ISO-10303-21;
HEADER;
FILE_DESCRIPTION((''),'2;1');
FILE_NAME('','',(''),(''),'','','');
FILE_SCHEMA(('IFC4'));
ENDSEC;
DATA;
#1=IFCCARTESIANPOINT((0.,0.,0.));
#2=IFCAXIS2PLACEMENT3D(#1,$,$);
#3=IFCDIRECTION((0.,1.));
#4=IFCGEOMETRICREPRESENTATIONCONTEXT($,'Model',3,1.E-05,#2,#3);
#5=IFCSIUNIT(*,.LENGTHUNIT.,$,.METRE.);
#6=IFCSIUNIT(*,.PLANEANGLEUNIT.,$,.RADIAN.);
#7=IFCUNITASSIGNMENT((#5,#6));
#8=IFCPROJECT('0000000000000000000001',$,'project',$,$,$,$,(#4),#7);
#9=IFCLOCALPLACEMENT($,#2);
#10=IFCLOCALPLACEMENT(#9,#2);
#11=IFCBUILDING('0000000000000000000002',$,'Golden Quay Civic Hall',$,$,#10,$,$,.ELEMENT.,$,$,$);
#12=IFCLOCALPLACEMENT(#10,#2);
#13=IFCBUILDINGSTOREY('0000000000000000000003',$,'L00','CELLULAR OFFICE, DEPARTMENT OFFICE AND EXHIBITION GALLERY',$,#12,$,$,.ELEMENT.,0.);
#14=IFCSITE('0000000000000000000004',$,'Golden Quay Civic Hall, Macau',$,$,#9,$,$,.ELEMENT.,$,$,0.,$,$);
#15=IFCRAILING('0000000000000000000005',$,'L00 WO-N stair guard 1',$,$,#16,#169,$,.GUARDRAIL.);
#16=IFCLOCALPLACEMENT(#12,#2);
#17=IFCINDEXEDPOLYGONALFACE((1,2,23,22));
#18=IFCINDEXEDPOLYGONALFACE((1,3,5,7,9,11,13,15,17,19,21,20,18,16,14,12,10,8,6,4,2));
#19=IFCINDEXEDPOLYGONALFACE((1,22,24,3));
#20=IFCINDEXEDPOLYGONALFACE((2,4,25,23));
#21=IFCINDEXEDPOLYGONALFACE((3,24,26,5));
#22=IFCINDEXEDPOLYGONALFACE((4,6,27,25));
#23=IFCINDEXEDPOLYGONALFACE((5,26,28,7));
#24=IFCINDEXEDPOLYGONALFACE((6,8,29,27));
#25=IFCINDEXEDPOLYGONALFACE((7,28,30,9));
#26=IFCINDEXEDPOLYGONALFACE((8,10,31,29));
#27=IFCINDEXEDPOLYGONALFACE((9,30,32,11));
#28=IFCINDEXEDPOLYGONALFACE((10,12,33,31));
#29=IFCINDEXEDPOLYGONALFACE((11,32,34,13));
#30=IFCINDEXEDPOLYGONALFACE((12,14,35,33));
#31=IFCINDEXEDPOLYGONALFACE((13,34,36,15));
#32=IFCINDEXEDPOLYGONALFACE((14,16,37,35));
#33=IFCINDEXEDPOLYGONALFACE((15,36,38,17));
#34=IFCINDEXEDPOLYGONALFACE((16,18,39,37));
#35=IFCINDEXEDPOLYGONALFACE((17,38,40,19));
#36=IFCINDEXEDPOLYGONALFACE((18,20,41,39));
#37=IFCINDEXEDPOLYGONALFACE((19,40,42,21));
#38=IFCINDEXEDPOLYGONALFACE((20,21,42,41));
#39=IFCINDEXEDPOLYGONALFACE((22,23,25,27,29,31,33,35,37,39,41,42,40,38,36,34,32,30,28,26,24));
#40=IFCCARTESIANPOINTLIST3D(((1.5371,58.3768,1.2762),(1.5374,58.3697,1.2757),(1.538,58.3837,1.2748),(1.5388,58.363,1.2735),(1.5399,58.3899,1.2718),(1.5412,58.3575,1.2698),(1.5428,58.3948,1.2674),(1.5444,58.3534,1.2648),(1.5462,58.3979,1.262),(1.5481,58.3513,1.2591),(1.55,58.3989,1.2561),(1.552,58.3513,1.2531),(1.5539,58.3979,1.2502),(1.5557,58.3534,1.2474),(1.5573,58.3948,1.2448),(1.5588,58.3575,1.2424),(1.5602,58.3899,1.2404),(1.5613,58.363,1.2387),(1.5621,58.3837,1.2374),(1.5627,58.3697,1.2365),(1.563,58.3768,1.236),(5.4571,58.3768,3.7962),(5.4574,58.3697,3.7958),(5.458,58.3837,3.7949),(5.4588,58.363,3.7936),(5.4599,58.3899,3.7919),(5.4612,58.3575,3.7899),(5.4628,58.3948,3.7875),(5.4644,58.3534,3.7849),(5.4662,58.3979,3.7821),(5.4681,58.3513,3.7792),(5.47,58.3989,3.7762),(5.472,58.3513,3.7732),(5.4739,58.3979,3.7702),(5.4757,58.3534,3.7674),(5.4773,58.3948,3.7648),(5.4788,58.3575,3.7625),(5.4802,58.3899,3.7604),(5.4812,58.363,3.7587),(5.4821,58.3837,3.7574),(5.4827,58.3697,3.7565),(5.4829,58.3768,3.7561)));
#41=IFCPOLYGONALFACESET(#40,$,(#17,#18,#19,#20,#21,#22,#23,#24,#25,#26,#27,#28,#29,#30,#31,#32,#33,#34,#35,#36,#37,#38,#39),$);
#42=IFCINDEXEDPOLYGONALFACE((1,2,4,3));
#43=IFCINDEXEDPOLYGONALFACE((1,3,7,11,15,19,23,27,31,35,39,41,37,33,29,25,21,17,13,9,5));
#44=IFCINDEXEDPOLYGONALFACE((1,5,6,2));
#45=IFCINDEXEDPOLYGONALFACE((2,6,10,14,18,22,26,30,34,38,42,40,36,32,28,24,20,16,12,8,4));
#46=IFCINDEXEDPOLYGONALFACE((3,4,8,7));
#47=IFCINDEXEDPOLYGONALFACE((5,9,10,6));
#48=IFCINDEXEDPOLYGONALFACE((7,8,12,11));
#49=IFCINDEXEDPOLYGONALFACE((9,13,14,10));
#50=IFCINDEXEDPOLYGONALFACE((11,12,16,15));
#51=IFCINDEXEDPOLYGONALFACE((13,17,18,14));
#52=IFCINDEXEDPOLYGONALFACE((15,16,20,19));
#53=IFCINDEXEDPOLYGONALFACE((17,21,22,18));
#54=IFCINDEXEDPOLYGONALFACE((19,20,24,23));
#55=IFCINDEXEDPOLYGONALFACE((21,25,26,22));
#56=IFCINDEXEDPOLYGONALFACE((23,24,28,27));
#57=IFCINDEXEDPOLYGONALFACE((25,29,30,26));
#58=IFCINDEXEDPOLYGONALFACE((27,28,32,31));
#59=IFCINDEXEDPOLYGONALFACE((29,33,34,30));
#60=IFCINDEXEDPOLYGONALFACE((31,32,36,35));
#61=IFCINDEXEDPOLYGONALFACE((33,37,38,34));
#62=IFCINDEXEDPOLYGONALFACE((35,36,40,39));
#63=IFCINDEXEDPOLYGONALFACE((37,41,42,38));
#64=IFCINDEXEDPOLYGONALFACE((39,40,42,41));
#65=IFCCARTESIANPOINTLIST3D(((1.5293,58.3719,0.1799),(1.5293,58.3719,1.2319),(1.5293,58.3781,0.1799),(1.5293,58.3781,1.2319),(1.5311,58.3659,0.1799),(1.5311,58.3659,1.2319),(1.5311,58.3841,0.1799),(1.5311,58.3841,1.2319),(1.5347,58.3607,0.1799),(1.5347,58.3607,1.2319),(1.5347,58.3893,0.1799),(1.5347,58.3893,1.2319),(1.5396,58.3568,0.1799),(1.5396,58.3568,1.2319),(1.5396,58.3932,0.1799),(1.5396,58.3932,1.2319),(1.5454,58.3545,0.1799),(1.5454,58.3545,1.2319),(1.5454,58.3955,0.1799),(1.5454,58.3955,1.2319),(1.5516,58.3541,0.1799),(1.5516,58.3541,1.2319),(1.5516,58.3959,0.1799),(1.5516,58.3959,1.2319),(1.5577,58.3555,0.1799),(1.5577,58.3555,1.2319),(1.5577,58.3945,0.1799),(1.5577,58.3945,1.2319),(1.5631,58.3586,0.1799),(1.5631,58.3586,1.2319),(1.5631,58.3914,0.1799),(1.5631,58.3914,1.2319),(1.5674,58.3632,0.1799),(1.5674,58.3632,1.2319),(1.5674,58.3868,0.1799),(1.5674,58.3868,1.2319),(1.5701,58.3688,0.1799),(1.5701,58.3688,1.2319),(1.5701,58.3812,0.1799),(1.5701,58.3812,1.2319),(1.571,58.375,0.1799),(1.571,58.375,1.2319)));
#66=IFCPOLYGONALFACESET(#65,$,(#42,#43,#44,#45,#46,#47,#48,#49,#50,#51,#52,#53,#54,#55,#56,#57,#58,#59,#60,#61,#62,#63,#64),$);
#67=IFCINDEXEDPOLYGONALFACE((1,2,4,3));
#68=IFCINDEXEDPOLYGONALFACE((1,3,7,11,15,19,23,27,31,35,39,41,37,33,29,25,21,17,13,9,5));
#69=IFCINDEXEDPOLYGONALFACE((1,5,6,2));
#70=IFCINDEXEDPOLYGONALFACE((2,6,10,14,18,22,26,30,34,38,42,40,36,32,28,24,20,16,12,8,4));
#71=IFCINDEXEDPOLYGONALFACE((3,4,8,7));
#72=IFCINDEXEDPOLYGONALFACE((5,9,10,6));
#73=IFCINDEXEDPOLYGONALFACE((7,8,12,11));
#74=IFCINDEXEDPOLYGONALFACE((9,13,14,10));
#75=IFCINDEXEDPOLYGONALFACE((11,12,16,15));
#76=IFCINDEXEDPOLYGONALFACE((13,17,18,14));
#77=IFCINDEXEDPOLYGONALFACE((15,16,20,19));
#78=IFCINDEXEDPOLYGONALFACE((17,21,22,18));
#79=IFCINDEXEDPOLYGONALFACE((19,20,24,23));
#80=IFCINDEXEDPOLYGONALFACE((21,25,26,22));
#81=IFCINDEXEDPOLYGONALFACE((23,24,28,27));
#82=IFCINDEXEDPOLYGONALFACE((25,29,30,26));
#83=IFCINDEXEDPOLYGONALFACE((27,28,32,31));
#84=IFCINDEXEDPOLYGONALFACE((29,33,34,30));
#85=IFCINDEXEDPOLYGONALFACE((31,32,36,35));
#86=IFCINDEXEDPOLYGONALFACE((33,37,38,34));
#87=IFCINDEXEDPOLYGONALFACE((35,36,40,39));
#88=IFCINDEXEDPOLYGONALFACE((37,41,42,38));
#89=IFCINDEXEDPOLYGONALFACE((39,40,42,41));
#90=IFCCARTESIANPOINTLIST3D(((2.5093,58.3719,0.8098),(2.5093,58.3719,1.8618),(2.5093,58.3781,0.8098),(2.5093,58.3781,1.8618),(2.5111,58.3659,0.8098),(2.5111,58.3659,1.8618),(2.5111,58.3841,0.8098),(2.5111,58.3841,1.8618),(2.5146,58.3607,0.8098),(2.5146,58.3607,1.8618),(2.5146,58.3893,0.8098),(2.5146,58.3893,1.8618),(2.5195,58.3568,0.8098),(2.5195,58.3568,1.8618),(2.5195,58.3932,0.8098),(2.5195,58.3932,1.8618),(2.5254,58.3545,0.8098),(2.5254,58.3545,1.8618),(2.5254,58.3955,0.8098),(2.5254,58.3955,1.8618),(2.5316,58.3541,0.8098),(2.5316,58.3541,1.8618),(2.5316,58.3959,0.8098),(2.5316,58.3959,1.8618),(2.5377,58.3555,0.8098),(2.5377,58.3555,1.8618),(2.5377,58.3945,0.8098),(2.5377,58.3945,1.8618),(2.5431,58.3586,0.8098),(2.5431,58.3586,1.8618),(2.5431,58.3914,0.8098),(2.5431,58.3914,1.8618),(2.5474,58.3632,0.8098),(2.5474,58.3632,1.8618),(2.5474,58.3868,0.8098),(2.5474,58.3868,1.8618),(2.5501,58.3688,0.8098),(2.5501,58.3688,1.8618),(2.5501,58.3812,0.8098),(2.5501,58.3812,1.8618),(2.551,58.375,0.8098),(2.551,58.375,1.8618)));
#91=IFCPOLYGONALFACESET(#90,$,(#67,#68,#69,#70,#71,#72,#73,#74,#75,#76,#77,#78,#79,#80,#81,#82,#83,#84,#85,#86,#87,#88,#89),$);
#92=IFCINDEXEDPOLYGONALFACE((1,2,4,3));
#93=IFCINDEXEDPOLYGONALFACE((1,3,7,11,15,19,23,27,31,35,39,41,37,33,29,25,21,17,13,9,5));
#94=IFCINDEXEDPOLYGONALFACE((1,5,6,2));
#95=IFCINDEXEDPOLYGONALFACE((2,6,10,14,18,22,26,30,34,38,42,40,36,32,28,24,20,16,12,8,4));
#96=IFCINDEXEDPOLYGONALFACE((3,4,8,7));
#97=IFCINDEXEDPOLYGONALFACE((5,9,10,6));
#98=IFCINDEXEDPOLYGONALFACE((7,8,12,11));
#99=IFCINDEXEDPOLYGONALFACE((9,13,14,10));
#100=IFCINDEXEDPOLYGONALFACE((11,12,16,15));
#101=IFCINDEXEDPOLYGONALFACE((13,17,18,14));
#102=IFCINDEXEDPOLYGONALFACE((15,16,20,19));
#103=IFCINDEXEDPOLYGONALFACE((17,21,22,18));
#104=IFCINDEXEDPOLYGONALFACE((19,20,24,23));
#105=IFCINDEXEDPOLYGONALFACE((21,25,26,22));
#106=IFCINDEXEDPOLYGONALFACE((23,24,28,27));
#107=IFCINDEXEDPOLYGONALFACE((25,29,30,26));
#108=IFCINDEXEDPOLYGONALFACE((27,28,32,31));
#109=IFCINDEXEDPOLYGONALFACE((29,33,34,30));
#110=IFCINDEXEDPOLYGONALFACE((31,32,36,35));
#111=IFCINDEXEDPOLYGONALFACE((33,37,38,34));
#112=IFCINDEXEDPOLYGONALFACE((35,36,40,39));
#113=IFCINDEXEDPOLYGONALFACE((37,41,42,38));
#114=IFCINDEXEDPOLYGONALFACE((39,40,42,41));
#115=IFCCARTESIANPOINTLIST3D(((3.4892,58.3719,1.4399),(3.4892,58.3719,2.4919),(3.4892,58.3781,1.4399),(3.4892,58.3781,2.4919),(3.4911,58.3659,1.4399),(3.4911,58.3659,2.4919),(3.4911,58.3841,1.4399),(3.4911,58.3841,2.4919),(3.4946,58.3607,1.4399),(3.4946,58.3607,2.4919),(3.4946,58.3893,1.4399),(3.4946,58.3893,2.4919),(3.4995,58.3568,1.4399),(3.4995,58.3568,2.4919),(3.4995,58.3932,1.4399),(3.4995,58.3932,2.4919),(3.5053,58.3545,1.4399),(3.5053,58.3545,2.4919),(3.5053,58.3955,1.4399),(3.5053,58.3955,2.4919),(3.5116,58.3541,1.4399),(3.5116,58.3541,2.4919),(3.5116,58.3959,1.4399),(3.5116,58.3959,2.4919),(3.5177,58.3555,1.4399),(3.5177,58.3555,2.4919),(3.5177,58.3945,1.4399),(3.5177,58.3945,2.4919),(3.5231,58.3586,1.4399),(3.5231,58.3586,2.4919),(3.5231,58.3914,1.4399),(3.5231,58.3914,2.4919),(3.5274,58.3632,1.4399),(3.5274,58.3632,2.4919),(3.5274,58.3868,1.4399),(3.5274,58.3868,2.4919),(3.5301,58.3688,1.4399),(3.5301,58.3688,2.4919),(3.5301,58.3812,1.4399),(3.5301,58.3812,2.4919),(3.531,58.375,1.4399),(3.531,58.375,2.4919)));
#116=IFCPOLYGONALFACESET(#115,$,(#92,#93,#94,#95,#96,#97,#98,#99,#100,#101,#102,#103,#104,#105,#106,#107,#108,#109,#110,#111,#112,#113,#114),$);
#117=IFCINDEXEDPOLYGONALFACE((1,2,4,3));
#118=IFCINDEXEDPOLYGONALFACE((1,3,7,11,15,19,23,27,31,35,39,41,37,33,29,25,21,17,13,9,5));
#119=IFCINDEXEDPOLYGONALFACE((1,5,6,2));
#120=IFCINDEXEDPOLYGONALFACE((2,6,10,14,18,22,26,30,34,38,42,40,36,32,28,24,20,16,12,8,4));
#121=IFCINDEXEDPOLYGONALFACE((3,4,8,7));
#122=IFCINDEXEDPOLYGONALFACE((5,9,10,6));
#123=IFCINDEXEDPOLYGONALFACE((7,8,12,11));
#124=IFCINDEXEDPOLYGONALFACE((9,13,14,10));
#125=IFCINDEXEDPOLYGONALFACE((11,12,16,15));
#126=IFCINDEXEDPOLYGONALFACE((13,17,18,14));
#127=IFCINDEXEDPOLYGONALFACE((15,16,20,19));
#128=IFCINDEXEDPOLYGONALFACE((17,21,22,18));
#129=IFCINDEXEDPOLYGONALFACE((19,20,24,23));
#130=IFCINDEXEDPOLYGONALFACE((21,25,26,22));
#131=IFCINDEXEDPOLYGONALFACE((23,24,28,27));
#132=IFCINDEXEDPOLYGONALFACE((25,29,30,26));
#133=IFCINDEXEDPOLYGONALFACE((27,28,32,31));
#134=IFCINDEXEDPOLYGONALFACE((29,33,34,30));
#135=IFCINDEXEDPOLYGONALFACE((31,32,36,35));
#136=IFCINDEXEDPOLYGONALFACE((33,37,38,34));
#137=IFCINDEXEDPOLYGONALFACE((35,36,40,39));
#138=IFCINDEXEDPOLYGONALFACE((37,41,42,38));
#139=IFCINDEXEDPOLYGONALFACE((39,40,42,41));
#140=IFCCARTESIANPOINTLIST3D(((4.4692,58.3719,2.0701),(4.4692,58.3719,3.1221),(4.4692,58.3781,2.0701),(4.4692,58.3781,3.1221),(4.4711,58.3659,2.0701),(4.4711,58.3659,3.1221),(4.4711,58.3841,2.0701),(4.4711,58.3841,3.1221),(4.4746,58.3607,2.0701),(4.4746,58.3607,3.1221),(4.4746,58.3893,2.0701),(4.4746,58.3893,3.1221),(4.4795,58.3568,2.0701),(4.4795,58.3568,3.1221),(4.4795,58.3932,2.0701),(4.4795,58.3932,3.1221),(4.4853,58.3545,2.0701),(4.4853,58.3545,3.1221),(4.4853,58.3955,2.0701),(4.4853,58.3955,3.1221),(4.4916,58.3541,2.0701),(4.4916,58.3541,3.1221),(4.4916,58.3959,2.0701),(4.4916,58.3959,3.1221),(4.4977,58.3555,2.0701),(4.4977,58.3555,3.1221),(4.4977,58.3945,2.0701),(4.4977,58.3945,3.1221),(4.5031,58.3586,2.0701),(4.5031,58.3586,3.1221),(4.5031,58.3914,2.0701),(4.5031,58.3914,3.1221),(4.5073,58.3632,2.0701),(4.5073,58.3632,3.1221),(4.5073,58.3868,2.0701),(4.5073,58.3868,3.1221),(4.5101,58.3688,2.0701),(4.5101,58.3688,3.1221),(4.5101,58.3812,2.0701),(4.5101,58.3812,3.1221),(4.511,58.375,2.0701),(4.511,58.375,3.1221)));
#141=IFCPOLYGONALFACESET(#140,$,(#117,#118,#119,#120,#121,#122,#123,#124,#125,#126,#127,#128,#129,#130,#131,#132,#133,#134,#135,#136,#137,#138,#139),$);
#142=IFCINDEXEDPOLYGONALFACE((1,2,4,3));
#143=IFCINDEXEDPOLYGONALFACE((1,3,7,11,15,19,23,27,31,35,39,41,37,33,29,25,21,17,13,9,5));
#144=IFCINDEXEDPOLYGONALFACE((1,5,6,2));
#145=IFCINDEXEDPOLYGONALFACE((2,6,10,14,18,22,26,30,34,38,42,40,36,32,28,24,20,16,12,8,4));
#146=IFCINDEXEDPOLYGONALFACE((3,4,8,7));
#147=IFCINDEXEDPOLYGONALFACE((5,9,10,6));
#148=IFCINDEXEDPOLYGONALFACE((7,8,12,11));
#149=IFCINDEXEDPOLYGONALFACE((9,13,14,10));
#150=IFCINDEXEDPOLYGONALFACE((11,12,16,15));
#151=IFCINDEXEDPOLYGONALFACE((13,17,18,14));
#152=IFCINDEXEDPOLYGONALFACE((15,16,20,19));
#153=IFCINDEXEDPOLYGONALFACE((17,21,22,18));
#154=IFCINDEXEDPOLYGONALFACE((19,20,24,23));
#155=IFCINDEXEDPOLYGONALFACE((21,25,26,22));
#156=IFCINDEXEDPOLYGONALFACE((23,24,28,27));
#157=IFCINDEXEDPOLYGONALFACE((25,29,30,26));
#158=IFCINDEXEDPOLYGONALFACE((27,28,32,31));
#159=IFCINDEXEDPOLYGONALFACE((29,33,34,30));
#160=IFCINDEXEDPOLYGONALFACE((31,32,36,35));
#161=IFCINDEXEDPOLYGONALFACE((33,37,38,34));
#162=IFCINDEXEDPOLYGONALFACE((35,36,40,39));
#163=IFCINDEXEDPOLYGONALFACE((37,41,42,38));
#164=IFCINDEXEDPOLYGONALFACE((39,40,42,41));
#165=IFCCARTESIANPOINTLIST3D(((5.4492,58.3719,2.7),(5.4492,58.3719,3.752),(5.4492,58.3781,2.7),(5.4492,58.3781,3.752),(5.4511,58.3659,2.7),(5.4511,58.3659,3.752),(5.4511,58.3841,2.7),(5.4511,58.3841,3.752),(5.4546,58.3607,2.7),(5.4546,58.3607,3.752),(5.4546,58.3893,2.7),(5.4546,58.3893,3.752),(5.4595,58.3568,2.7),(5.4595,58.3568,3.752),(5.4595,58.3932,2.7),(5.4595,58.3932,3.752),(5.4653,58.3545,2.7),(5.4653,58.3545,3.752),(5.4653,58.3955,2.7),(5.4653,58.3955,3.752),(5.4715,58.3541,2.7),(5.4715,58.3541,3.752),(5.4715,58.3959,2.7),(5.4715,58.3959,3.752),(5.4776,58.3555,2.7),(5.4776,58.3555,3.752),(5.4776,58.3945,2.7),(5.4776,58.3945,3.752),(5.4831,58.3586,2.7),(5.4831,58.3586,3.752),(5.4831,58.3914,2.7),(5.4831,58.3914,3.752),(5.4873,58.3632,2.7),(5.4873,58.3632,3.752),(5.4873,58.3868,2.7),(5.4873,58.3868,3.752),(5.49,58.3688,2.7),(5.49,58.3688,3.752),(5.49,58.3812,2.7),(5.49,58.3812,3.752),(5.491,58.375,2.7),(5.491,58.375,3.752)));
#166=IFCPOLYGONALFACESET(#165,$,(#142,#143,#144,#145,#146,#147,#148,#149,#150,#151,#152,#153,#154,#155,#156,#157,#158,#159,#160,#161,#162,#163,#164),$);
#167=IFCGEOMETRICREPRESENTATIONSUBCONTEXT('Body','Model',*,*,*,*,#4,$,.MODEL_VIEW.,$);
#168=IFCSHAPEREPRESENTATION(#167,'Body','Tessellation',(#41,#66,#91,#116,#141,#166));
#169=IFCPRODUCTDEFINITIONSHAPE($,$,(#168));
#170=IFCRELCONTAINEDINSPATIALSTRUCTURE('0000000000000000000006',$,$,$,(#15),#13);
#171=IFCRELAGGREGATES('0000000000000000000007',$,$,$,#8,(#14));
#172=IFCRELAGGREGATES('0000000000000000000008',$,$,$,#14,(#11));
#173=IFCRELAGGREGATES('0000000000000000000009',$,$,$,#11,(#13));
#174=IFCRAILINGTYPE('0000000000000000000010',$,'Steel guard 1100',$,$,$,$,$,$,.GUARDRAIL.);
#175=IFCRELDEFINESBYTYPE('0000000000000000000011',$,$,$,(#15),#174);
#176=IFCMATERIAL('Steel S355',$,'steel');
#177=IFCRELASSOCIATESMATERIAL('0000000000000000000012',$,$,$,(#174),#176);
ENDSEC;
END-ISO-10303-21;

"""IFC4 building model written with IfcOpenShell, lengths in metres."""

from ifc_helpers import new_model, si_unit, direction, frame, origin, origin_2d, place, context, subcontext, project, spatial, circle, extrude, material, type_object, element, save


model = new_model("IFC4")

# Units and contexts
model_context = context("Model", 3, precision=1e-05, world=origin(), true_north=direction((0.0, 1.0)))
body_context = subcontext(model_context, "Body", "Model", "MODEL_VIEW")
ifc_project = project(units=[si_unit("LENGTHUNIT", "METRE"), si_unit("PLANEANGLEUNIT", "RADIAN")], contexts=[model_context])

# Site, building, storey
site_placement = place(None, origin())
site = spatial("IfcSite", under=ifc_project, at=site_placement, Name="Golden Quay Civic Hall, Macau", CompositionType="ELEMENT", RefElevation=0.0)
building_placement = place(site_placement, origin())
building = spatial("IfcBuilding", under=site, at=building_placement, Name="Golden Quay Civic Hall", CompositionType="ELEMENT")
storey_placement = place(building_placement, origin())
storey = spatial("IfcBuildingStorey", under=building, at=storey_placement, Name="L00", Description="CELLULAR OFFICE, DEPARTMENT OFFICE AND EXHIBITION GALLERY", CompositionType="ELEMENT", Elevation=0.0)

# Railing
ifc_material_1 = material(Name="Steel S355", Category="steel")
railing_type_1 = type_object("IfcRailingType", Name="Steel guard 1100", PredefinedType="GUARDRAIL", material=ifc_material_1)
railing_1_placement = place(storey_placement, frame((1.55, 58.375, 0.1799)))
element("IfcRailing", 1, at=railing_1_placement, inside=storey, type_object=railing_type_1, Name="L00 WO-N stair guard 1", PredefinedType="GUARDRAIL", context=body_context, shape_type="SweptSolid", body=[
    extrude(circle(Radius=0.0239, at=origin_2d()), frame((0.0, 0.0, 1.0762), z_axis=(0.841172, 0.0, 0.540768), x_axis=(0.0, 1.0, 0.0)), (0.0, 0.0, 1.0), 4.6602),
    extrude(circle(Radius=0.021, at=origin_2d()), origin(), (0.0, 0.0, 1.0), 1.052),
    extrude(circle(Radius=0.021, at=origin_2d()), frame((0.98, 0.0, 0.6299)), (0.0, 0.0, 1.0), 1.052),
    extrude(circle(Radius=0.021, at=origin_2d()), frame((1.96, 0.0, 1.26)), (0.0, 0.0, 1.0), 1.052),
    extrude(circle(Radius=0.021, at=origin_2d()), frame((2.9399, 0.0, 1.8901)), (0.0, 0.0, 1.0), 1.052),
    extrude(circle(Radius=0.021, at=origin_2d()), frame((3.9199, 0.0, 2.52)), (0.0, 0.0, 1.0), 1.052),
])

save(model, "model.ifc")
